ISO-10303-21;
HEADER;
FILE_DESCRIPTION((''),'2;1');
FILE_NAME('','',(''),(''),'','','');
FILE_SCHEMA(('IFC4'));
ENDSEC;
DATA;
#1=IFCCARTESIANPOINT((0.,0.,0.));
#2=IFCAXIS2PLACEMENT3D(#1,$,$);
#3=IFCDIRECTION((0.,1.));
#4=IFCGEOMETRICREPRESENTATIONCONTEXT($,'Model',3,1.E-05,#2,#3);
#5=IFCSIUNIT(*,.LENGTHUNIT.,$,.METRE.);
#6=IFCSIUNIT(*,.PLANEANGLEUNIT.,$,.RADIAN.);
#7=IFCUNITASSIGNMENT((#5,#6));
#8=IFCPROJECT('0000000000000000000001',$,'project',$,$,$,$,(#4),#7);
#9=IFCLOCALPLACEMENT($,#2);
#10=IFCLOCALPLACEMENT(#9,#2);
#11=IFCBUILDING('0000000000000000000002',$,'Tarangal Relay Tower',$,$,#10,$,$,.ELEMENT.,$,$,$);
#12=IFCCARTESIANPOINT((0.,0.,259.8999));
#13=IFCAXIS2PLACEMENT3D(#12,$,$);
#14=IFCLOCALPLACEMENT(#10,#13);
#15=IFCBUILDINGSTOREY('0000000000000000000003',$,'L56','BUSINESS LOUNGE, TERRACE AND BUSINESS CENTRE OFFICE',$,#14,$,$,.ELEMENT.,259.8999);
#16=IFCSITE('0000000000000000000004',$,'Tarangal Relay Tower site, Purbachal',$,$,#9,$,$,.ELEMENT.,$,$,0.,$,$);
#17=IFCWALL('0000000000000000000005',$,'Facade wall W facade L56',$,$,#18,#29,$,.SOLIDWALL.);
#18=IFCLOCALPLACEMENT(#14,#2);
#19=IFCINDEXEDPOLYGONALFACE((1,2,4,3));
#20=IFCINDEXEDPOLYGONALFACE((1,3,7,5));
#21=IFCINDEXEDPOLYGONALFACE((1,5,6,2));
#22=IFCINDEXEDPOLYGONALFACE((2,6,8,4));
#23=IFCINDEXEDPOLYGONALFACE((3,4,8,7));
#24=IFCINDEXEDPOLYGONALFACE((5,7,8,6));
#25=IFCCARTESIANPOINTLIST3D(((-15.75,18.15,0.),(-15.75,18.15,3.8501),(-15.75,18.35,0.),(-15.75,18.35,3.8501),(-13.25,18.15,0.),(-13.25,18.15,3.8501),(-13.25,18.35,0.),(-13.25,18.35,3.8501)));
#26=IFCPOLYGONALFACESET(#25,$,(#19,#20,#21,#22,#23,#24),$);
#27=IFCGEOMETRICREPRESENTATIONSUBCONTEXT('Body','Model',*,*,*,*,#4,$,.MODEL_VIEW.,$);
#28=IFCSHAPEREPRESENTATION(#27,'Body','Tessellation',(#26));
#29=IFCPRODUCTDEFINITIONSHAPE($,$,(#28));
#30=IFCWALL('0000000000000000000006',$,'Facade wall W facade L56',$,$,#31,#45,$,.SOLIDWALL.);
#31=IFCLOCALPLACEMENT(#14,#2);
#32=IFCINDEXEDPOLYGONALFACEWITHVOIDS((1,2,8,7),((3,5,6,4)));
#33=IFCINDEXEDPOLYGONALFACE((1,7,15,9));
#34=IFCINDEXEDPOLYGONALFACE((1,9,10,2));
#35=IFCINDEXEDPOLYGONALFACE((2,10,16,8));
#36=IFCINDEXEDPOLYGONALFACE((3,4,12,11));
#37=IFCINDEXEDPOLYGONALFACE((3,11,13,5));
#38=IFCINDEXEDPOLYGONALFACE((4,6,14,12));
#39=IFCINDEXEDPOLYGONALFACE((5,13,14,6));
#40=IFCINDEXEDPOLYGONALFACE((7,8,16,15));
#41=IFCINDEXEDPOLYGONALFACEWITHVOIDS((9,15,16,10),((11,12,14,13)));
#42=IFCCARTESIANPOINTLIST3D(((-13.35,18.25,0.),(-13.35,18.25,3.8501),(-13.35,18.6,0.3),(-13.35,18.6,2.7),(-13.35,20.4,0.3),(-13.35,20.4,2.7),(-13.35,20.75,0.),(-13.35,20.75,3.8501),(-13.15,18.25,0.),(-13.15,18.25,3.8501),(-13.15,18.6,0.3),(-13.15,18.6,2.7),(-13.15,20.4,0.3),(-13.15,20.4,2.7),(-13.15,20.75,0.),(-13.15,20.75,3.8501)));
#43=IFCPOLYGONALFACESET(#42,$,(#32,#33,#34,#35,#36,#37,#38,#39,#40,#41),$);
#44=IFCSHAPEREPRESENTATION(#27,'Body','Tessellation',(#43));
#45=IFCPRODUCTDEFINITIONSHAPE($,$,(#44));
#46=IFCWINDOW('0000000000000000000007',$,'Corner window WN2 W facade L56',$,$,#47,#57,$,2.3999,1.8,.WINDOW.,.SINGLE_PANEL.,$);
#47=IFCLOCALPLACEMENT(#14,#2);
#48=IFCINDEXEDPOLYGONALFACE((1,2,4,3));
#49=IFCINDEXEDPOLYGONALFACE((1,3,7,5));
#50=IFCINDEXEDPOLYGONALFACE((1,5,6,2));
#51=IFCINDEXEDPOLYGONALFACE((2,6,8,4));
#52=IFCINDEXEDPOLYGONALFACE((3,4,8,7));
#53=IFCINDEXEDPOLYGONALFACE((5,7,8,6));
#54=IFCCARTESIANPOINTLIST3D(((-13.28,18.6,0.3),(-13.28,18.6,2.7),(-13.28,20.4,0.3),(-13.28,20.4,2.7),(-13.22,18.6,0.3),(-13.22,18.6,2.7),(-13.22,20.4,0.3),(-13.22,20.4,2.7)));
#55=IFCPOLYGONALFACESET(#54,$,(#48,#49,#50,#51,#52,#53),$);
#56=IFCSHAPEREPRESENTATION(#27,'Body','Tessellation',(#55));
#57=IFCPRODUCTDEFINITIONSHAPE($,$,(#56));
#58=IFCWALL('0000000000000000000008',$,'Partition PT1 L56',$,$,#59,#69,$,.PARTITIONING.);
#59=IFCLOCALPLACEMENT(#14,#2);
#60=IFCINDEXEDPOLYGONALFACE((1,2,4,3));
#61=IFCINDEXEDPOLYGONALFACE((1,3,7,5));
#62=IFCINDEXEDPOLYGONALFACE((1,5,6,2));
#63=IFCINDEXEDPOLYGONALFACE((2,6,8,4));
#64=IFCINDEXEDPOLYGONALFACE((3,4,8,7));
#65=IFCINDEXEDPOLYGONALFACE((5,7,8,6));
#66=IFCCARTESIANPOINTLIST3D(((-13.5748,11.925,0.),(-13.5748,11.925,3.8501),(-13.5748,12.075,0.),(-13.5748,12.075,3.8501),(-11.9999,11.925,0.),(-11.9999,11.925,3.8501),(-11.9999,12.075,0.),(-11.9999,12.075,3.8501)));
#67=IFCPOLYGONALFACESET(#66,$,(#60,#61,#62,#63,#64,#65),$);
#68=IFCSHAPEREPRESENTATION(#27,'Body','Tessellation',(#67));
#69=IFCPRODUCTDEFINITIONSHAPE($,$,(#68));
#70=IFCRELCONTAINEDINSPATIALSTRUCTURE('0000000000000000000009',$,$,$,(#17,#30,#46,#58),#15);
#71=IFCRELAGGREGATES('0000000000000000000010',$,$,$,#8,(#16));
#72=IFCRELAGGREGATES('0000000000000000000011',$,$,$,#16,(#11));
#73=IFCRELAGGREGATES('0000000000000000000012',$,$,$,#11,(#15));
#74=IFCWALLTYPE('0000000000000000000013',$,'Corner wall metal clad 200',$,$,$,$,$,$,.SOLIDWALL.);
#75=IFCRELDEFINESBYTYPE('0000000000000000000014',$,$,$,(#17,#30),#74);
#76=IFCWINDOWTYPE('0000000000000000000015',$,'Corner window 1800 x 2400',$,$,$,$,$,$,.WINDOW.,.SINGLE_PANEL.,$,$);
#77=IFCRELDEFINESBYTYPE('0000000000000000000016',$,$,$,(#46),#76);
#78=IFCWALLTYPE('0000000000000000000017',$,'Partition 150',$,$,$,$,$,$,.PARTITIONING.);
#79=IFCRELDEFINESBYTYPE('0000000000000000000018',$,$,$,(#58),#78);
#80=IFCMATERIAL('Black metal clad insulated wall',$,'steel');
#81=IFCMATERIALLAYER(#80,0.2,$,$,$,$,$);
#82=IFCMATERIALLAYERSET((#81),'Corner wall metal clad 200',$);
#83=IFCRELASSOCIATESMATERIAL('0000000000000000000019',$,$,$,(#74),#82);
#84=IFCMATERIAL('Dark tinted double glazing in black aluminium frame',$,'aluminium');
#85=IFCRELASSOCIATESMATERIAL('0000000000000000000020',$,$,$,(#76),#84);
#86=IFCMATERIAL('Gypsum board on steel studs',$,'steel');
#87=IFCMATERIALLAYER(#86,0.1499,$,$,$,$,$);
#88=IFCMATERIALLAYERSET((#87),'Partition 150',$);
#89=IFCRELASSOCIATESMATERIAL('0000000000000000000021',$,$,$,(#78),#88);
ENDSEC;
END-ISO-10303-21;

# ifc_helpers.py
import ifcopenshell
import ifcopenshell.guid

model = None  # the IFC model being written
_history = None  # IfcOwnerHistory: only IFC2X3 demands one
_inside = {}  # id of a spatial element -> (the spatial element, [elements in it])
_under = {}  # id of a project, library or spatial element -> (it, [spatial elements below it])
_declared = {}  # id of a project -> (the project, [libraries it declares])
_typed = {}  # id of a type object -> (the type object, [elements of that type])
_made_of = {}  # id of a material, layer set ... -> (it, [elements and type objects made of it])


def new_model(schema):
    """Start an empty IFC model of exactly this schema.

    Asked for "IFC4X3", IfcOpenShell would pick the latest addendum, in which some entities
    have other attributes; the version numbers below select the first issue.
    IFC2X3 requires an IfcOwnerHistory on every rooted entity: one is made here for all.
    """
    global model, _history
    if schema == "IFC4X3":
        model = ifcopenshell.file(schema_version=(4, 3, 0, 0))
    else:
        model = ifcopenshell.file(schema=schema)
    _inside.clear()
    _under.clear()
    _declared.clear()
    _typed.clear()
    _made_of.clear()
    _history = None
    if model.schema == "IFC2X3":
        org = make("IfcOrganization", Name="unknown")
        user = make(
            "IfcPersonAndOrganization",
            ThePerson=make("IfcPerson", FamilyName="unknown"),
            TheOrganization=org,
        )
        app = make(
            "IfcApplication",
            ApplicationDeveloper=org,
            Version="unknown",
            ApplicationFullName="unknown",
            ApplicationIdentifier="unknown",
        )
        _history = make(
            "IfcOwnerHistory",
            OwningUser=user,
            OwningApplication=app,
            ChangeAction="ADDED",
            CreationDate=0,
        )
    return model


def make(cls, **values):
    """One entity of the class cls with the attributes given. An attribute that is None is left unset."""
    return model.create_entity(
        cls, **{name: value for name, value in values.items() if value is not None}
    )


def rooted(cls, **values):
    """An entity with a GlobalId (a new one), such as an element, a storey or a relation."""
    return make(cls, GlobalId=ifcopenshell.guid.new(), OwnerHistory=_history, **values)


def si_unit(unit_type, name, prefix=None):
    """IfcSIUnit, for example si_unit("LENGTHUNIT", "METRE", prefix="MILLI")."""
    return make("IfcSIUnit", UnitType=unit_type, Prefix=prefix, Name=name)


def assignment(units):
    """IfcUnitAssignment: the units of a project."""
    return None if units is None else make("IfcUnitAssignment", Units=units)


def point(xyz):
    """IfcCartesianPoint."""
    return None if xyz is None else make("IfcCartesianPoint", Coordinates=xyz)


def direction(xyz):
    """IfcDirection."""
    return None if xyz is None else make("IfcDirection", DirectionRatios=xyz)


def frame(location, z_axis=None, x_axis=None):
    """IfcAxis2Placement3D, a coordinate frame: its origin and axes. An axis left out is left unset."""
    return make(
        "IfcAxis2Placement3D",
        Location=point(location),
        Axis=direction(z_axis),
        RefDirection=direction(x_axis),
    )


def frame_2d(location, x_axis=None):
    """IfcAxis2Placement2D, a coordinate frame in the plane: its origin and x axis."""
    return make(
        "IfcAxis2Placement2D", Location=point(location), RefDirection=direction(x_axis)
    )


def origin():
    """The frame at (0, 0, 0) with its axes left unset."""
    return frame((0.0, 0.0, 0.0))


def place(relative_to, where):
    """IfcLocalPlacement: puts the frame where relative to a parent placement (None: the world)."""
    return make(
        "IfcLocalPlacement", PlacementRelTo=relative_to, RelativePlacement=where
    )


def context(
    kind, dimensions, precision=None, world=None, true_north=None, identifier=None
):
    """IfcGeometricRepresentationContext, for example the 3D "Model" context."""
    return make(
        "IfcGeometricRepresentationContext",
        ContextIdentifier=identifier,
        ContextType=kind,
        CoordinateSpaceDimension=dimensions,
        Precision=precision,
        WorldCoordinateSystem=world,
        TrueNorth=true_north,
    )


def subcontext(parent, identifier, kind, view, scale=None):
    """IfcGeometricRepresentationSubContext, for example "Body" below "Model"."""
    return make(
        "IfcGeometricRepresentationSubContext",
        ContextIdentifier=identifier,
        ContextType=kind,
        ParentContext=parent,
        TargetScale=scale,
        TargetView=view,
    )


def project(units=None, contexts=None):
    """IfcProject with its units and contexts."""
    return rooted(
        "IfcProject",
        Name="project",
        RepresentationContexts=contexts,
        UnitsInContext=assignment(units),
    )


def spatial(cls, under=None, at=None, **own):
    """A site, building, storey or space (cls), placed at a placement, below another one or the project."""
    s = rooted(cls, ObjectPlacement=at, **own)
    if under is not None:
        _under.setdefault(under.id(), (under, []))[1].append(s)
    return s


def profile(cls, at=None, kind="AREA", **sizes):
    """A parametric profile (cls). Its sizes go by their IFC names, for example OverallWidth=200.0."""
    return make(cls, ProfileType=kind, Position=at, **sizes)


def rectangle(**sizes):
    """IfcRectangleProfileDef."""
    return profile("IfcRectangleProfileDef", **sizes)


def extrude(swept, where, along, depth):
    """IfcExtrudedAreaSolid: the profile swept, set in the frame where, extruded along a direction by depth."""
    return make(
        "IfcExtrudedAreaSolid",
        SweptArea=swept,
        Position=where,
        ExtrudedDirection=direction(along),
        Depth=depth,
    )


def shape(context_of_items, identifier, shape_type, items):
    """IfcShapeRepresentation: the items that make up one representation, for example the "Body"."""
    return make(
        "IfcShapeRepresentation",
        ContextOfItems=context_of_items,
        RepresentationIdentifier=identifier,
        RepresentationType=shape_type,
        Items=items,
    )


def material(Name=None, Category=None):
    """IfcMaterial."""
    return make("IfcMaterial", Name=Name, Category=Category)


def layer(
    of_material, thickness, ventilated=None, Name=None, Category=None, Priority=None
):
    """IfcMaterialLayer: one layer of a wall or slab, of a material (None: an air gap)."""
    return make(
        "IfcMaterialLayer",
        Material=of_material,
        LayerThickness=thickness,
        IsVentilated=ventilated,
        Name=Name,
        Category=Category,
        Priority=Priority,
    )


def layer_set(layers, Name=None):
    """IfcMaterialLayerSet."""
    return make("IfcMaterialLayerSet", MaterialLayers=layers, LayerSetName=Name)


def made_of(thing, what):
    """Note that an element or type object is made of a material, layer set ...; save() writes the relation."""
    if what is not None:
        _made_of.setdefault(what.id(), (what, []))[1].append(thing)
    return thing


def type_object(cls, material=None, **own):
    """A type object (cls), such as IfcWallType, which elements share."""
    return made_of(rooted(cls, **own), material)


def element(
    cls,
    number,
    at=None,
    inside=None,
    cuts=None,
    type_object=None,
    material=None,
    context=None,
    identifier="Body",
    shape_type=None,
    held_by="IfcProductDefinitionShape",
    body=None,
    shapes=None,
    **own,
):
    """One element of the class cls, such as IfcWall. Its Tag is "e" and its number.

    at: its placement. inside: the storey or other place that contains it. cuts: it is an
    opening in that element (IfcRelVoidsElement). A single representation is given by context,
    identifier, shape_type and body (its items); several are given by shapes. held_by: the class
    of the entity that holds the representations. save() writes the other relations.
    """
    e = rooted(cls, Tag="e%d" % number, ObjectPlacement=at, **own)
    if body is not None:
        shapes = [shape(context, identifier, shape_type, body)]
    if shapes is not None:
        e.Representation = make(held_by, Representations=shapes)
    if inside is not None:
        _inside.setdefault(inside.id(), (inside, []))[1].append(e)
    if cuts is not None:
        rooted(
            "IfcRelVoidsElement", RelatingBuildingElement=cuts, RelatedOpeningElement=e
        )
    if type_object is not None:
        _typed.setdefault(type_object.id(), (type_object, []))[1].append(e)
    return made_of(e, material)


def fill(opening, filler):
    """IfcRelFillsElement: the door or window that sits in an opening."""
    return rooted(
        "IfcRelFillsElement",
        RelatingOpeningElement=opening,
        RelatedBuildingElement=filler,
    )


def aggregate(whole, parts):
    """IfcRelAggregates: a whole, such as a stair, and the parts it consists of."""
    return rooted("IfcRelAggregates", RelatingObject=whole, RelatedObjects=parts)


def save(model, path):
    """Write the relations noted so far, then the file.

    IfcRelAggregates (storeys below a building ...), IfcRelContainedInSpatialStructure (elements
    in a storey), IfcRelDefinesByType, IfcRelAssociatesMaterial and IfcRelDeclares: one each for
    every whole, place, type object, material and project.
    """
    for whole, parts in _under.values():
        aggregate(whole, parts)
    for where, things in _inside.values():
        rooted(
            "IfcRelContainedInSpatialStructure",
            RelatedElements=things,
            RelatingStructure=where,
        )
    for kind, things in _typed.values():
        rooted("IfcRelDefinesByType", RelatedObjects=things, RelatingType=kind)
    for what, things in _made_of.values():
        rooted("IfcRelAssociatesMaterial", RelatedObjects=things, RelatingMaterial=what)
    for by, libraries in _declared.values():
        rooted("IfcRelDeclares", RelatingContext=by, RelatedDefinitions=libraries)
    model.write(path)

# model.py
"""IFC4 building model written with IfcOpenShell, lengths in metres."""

from ifc_helpers import new_model, si_unit, direction, frame, frame_2d, origin, place, context, subcontext, project, spatial, rectangle, extrude, material, layer, layer_set, type_object, element, fill, save


model = new_model("IFC4")

# Units and contexts
model_context = context("Model", 3, precision=1e-05, world=origin(), true_north=direction((0.0, 1.0)))
body_context = subcontext(model_context, "Body", "Model", "MODEL_VIEW")
ifc_project = project(units=[si_unit("LENGTHUNIT", "METRE"), si_unit("PLANEANGLEUNIT", "RADIAN")], contexts=[model_context])

# Site, building, storey
site_placement = place(None, origin())
site = spatial("IfcSite", under=ifc_project, at=site_placement, Name="Tarangal Relay Tower site, Purbachal", CompositionType="ELEMENT", RefElevation=0.0)
building_placement = place(site_placement, origin())
building = spatial("IfcBuilding", under=site, at=building_placement, Name="Tarangal Relay Tower", CompositionType="ELEMENT")
storey_placement = place(building_placement, frame((0.0, 0.0, 259.8999)))
storey = spatial("IfcBuildingStorey", under=building, at=storey_placement, Name="L56", Description="BUSINESS LOUNGE, TERRACE AND BUSINESS CENTRE OFFICE", CompositionType="ELEMENT", Elevation=259.8999)

# Shared definitions
ifc_material_1 = material(Name="Black metal clad insulated wall", Category="steel")
ifc_layer_1 = layer(ifc_material_1, 0.2)
ifc_layer_set_1 = layer_set([ifc_layer_1], Name="Corner wall metal clad 200")
wall_type_1 = type_object("IfcWallType", Name="Corner wall metal clad 200", PredefinedType="SOLIDWALL", material=ifc_layer_set_1)

# Shared definitions
ifc_material_2 = material(Name="Dark tinted double glazing in black aluminium frame", Category="aluminium")
window_type = type_object("IfcWindowType", Name="Corner window 1800 x 2400", PartitioningType="SINGLE_PANEL", PredefinedType="WINDOW", material=ifc_material_2)

# Wall
wall_1_placement = place(storey_placement, frame((-15.75, 18.25, 0.0), z_axis=(0.0, 0.0, 1.0), x_axis=(1.0, 0.0, 0.0)))
element("IfcWall", 1, at=wall_1_placement, inside=storey, type_object=wall_type_1, Name="Facade wall W facade L56", PredefinedType="SOLIDWALL", context=body_context, shape_type="SweptSolid", body=[
    extrude(rectangle(XDim=2.5, YDim=0.2, at=frame_2d((1.25, 0.0))), origin(), (0.0, 0.0, 1.0), 3.8501),
])

# Wall, opening, window
wall_2_placement = place(storey_placement, frame((-13.25, 18.25, 0.0), z_axis=(0.0, 0.0, 1.0), x_axis=(0.0, 1.0, 0.0)))
wall_2 = element("IfcWall", 2, at=wall_2_placement, inside=storey, type_object=wall_type_1, Name="Facade wall W facade L56", PredefinedType="SOLIDWALL", context=body_context, shape_type="SweptSolid", body=[
    extrude(rectangle(XDim=2.5, YDim=0.2, at=frame_2d((1.25, 0.0))), origin(), (0.0, 0.0, 1.0), 3.8501),
])
opening_1_placement = place(wall_2_placement, frame((0.3501, 0.0, 0.3)))
opening_1 = element("IfcOpeningElement", 3, at=opening_1_placement, cuts=wall_2, PredefinedType="OPENING", context=body_context, shape_type="SweptSolid", body=[
    extrude(rectangle(XDim=1.8, YDim=2.3999, at=frame_2d((0.8999, 1.2))), frame((0.0, 0.1099, 0.0), z_axis=(0.0, -1.0, 0.0), x_axis=(1.0, 0.0, 0.0)), (0.0, 0.0, 1.0), 0.22),
])
window_1_placement = place(opening_1_placement, origin())
window_1 = element("IfcWindow", 4, at=window_1_placement, inside=storey, type_object=window_type, Name="Corner window WN2 W facade L56", OverallHeight=2.3999, OverallWidth=1.8, PartitioningType="SINGLE_PANEL", PredefinedType="WINDOW", context=body_context, shape_type="SweptSolid", body=[
    extrude(rectangle(XDim=1.8, YDim=2.3999, at=frame_2d((0.8999, 1.2))), frame((0.0, 0.03, 0.0), z_axis=(0.0, -1.0, 0.0), x_axis=(1.0, 0.0, 0.0)), (0.0, 0.0, 1.0), 0.0601),
])
fill(opening_1, window_1)

# Wall
ifc_material_3 = material(Name="Gypsum board on steel studs", Category="steel")
ifc_layer_2 = layer(ifc_material_3, 0.1499)
ifc_layer_set_2 = layer_set([ifc_layer_2], Name="Partition 150")
wall_type_2 = type_object("IfcWallType", Name="Partition 150", PredefinedType="PARTITIONING", material=ifc_layer_set_2)
wall_3_placement = place(storey_placement, frame((-13.575, 12.0, 0.0), z_axis=(0.0, 0.0, 1.0), x_axis=(1.0, 0.0, 0.0)))
element("IfcWall", 5, at=wall_3_placement, inside=storey, type_object=wall_type_2, Name="Partition PT1 L56", PredefinedType="PARTITIONING", context=body_context, shape_type="SweptSolid", body=[
    extrude(rectangle(XDim=1.575, YDim=0.1499, at=frame_2d((0.7876, 0.0))), origin(), (0.0, 0.0, 1.0), 3.8501),
])

save(model, "model.ifc")
